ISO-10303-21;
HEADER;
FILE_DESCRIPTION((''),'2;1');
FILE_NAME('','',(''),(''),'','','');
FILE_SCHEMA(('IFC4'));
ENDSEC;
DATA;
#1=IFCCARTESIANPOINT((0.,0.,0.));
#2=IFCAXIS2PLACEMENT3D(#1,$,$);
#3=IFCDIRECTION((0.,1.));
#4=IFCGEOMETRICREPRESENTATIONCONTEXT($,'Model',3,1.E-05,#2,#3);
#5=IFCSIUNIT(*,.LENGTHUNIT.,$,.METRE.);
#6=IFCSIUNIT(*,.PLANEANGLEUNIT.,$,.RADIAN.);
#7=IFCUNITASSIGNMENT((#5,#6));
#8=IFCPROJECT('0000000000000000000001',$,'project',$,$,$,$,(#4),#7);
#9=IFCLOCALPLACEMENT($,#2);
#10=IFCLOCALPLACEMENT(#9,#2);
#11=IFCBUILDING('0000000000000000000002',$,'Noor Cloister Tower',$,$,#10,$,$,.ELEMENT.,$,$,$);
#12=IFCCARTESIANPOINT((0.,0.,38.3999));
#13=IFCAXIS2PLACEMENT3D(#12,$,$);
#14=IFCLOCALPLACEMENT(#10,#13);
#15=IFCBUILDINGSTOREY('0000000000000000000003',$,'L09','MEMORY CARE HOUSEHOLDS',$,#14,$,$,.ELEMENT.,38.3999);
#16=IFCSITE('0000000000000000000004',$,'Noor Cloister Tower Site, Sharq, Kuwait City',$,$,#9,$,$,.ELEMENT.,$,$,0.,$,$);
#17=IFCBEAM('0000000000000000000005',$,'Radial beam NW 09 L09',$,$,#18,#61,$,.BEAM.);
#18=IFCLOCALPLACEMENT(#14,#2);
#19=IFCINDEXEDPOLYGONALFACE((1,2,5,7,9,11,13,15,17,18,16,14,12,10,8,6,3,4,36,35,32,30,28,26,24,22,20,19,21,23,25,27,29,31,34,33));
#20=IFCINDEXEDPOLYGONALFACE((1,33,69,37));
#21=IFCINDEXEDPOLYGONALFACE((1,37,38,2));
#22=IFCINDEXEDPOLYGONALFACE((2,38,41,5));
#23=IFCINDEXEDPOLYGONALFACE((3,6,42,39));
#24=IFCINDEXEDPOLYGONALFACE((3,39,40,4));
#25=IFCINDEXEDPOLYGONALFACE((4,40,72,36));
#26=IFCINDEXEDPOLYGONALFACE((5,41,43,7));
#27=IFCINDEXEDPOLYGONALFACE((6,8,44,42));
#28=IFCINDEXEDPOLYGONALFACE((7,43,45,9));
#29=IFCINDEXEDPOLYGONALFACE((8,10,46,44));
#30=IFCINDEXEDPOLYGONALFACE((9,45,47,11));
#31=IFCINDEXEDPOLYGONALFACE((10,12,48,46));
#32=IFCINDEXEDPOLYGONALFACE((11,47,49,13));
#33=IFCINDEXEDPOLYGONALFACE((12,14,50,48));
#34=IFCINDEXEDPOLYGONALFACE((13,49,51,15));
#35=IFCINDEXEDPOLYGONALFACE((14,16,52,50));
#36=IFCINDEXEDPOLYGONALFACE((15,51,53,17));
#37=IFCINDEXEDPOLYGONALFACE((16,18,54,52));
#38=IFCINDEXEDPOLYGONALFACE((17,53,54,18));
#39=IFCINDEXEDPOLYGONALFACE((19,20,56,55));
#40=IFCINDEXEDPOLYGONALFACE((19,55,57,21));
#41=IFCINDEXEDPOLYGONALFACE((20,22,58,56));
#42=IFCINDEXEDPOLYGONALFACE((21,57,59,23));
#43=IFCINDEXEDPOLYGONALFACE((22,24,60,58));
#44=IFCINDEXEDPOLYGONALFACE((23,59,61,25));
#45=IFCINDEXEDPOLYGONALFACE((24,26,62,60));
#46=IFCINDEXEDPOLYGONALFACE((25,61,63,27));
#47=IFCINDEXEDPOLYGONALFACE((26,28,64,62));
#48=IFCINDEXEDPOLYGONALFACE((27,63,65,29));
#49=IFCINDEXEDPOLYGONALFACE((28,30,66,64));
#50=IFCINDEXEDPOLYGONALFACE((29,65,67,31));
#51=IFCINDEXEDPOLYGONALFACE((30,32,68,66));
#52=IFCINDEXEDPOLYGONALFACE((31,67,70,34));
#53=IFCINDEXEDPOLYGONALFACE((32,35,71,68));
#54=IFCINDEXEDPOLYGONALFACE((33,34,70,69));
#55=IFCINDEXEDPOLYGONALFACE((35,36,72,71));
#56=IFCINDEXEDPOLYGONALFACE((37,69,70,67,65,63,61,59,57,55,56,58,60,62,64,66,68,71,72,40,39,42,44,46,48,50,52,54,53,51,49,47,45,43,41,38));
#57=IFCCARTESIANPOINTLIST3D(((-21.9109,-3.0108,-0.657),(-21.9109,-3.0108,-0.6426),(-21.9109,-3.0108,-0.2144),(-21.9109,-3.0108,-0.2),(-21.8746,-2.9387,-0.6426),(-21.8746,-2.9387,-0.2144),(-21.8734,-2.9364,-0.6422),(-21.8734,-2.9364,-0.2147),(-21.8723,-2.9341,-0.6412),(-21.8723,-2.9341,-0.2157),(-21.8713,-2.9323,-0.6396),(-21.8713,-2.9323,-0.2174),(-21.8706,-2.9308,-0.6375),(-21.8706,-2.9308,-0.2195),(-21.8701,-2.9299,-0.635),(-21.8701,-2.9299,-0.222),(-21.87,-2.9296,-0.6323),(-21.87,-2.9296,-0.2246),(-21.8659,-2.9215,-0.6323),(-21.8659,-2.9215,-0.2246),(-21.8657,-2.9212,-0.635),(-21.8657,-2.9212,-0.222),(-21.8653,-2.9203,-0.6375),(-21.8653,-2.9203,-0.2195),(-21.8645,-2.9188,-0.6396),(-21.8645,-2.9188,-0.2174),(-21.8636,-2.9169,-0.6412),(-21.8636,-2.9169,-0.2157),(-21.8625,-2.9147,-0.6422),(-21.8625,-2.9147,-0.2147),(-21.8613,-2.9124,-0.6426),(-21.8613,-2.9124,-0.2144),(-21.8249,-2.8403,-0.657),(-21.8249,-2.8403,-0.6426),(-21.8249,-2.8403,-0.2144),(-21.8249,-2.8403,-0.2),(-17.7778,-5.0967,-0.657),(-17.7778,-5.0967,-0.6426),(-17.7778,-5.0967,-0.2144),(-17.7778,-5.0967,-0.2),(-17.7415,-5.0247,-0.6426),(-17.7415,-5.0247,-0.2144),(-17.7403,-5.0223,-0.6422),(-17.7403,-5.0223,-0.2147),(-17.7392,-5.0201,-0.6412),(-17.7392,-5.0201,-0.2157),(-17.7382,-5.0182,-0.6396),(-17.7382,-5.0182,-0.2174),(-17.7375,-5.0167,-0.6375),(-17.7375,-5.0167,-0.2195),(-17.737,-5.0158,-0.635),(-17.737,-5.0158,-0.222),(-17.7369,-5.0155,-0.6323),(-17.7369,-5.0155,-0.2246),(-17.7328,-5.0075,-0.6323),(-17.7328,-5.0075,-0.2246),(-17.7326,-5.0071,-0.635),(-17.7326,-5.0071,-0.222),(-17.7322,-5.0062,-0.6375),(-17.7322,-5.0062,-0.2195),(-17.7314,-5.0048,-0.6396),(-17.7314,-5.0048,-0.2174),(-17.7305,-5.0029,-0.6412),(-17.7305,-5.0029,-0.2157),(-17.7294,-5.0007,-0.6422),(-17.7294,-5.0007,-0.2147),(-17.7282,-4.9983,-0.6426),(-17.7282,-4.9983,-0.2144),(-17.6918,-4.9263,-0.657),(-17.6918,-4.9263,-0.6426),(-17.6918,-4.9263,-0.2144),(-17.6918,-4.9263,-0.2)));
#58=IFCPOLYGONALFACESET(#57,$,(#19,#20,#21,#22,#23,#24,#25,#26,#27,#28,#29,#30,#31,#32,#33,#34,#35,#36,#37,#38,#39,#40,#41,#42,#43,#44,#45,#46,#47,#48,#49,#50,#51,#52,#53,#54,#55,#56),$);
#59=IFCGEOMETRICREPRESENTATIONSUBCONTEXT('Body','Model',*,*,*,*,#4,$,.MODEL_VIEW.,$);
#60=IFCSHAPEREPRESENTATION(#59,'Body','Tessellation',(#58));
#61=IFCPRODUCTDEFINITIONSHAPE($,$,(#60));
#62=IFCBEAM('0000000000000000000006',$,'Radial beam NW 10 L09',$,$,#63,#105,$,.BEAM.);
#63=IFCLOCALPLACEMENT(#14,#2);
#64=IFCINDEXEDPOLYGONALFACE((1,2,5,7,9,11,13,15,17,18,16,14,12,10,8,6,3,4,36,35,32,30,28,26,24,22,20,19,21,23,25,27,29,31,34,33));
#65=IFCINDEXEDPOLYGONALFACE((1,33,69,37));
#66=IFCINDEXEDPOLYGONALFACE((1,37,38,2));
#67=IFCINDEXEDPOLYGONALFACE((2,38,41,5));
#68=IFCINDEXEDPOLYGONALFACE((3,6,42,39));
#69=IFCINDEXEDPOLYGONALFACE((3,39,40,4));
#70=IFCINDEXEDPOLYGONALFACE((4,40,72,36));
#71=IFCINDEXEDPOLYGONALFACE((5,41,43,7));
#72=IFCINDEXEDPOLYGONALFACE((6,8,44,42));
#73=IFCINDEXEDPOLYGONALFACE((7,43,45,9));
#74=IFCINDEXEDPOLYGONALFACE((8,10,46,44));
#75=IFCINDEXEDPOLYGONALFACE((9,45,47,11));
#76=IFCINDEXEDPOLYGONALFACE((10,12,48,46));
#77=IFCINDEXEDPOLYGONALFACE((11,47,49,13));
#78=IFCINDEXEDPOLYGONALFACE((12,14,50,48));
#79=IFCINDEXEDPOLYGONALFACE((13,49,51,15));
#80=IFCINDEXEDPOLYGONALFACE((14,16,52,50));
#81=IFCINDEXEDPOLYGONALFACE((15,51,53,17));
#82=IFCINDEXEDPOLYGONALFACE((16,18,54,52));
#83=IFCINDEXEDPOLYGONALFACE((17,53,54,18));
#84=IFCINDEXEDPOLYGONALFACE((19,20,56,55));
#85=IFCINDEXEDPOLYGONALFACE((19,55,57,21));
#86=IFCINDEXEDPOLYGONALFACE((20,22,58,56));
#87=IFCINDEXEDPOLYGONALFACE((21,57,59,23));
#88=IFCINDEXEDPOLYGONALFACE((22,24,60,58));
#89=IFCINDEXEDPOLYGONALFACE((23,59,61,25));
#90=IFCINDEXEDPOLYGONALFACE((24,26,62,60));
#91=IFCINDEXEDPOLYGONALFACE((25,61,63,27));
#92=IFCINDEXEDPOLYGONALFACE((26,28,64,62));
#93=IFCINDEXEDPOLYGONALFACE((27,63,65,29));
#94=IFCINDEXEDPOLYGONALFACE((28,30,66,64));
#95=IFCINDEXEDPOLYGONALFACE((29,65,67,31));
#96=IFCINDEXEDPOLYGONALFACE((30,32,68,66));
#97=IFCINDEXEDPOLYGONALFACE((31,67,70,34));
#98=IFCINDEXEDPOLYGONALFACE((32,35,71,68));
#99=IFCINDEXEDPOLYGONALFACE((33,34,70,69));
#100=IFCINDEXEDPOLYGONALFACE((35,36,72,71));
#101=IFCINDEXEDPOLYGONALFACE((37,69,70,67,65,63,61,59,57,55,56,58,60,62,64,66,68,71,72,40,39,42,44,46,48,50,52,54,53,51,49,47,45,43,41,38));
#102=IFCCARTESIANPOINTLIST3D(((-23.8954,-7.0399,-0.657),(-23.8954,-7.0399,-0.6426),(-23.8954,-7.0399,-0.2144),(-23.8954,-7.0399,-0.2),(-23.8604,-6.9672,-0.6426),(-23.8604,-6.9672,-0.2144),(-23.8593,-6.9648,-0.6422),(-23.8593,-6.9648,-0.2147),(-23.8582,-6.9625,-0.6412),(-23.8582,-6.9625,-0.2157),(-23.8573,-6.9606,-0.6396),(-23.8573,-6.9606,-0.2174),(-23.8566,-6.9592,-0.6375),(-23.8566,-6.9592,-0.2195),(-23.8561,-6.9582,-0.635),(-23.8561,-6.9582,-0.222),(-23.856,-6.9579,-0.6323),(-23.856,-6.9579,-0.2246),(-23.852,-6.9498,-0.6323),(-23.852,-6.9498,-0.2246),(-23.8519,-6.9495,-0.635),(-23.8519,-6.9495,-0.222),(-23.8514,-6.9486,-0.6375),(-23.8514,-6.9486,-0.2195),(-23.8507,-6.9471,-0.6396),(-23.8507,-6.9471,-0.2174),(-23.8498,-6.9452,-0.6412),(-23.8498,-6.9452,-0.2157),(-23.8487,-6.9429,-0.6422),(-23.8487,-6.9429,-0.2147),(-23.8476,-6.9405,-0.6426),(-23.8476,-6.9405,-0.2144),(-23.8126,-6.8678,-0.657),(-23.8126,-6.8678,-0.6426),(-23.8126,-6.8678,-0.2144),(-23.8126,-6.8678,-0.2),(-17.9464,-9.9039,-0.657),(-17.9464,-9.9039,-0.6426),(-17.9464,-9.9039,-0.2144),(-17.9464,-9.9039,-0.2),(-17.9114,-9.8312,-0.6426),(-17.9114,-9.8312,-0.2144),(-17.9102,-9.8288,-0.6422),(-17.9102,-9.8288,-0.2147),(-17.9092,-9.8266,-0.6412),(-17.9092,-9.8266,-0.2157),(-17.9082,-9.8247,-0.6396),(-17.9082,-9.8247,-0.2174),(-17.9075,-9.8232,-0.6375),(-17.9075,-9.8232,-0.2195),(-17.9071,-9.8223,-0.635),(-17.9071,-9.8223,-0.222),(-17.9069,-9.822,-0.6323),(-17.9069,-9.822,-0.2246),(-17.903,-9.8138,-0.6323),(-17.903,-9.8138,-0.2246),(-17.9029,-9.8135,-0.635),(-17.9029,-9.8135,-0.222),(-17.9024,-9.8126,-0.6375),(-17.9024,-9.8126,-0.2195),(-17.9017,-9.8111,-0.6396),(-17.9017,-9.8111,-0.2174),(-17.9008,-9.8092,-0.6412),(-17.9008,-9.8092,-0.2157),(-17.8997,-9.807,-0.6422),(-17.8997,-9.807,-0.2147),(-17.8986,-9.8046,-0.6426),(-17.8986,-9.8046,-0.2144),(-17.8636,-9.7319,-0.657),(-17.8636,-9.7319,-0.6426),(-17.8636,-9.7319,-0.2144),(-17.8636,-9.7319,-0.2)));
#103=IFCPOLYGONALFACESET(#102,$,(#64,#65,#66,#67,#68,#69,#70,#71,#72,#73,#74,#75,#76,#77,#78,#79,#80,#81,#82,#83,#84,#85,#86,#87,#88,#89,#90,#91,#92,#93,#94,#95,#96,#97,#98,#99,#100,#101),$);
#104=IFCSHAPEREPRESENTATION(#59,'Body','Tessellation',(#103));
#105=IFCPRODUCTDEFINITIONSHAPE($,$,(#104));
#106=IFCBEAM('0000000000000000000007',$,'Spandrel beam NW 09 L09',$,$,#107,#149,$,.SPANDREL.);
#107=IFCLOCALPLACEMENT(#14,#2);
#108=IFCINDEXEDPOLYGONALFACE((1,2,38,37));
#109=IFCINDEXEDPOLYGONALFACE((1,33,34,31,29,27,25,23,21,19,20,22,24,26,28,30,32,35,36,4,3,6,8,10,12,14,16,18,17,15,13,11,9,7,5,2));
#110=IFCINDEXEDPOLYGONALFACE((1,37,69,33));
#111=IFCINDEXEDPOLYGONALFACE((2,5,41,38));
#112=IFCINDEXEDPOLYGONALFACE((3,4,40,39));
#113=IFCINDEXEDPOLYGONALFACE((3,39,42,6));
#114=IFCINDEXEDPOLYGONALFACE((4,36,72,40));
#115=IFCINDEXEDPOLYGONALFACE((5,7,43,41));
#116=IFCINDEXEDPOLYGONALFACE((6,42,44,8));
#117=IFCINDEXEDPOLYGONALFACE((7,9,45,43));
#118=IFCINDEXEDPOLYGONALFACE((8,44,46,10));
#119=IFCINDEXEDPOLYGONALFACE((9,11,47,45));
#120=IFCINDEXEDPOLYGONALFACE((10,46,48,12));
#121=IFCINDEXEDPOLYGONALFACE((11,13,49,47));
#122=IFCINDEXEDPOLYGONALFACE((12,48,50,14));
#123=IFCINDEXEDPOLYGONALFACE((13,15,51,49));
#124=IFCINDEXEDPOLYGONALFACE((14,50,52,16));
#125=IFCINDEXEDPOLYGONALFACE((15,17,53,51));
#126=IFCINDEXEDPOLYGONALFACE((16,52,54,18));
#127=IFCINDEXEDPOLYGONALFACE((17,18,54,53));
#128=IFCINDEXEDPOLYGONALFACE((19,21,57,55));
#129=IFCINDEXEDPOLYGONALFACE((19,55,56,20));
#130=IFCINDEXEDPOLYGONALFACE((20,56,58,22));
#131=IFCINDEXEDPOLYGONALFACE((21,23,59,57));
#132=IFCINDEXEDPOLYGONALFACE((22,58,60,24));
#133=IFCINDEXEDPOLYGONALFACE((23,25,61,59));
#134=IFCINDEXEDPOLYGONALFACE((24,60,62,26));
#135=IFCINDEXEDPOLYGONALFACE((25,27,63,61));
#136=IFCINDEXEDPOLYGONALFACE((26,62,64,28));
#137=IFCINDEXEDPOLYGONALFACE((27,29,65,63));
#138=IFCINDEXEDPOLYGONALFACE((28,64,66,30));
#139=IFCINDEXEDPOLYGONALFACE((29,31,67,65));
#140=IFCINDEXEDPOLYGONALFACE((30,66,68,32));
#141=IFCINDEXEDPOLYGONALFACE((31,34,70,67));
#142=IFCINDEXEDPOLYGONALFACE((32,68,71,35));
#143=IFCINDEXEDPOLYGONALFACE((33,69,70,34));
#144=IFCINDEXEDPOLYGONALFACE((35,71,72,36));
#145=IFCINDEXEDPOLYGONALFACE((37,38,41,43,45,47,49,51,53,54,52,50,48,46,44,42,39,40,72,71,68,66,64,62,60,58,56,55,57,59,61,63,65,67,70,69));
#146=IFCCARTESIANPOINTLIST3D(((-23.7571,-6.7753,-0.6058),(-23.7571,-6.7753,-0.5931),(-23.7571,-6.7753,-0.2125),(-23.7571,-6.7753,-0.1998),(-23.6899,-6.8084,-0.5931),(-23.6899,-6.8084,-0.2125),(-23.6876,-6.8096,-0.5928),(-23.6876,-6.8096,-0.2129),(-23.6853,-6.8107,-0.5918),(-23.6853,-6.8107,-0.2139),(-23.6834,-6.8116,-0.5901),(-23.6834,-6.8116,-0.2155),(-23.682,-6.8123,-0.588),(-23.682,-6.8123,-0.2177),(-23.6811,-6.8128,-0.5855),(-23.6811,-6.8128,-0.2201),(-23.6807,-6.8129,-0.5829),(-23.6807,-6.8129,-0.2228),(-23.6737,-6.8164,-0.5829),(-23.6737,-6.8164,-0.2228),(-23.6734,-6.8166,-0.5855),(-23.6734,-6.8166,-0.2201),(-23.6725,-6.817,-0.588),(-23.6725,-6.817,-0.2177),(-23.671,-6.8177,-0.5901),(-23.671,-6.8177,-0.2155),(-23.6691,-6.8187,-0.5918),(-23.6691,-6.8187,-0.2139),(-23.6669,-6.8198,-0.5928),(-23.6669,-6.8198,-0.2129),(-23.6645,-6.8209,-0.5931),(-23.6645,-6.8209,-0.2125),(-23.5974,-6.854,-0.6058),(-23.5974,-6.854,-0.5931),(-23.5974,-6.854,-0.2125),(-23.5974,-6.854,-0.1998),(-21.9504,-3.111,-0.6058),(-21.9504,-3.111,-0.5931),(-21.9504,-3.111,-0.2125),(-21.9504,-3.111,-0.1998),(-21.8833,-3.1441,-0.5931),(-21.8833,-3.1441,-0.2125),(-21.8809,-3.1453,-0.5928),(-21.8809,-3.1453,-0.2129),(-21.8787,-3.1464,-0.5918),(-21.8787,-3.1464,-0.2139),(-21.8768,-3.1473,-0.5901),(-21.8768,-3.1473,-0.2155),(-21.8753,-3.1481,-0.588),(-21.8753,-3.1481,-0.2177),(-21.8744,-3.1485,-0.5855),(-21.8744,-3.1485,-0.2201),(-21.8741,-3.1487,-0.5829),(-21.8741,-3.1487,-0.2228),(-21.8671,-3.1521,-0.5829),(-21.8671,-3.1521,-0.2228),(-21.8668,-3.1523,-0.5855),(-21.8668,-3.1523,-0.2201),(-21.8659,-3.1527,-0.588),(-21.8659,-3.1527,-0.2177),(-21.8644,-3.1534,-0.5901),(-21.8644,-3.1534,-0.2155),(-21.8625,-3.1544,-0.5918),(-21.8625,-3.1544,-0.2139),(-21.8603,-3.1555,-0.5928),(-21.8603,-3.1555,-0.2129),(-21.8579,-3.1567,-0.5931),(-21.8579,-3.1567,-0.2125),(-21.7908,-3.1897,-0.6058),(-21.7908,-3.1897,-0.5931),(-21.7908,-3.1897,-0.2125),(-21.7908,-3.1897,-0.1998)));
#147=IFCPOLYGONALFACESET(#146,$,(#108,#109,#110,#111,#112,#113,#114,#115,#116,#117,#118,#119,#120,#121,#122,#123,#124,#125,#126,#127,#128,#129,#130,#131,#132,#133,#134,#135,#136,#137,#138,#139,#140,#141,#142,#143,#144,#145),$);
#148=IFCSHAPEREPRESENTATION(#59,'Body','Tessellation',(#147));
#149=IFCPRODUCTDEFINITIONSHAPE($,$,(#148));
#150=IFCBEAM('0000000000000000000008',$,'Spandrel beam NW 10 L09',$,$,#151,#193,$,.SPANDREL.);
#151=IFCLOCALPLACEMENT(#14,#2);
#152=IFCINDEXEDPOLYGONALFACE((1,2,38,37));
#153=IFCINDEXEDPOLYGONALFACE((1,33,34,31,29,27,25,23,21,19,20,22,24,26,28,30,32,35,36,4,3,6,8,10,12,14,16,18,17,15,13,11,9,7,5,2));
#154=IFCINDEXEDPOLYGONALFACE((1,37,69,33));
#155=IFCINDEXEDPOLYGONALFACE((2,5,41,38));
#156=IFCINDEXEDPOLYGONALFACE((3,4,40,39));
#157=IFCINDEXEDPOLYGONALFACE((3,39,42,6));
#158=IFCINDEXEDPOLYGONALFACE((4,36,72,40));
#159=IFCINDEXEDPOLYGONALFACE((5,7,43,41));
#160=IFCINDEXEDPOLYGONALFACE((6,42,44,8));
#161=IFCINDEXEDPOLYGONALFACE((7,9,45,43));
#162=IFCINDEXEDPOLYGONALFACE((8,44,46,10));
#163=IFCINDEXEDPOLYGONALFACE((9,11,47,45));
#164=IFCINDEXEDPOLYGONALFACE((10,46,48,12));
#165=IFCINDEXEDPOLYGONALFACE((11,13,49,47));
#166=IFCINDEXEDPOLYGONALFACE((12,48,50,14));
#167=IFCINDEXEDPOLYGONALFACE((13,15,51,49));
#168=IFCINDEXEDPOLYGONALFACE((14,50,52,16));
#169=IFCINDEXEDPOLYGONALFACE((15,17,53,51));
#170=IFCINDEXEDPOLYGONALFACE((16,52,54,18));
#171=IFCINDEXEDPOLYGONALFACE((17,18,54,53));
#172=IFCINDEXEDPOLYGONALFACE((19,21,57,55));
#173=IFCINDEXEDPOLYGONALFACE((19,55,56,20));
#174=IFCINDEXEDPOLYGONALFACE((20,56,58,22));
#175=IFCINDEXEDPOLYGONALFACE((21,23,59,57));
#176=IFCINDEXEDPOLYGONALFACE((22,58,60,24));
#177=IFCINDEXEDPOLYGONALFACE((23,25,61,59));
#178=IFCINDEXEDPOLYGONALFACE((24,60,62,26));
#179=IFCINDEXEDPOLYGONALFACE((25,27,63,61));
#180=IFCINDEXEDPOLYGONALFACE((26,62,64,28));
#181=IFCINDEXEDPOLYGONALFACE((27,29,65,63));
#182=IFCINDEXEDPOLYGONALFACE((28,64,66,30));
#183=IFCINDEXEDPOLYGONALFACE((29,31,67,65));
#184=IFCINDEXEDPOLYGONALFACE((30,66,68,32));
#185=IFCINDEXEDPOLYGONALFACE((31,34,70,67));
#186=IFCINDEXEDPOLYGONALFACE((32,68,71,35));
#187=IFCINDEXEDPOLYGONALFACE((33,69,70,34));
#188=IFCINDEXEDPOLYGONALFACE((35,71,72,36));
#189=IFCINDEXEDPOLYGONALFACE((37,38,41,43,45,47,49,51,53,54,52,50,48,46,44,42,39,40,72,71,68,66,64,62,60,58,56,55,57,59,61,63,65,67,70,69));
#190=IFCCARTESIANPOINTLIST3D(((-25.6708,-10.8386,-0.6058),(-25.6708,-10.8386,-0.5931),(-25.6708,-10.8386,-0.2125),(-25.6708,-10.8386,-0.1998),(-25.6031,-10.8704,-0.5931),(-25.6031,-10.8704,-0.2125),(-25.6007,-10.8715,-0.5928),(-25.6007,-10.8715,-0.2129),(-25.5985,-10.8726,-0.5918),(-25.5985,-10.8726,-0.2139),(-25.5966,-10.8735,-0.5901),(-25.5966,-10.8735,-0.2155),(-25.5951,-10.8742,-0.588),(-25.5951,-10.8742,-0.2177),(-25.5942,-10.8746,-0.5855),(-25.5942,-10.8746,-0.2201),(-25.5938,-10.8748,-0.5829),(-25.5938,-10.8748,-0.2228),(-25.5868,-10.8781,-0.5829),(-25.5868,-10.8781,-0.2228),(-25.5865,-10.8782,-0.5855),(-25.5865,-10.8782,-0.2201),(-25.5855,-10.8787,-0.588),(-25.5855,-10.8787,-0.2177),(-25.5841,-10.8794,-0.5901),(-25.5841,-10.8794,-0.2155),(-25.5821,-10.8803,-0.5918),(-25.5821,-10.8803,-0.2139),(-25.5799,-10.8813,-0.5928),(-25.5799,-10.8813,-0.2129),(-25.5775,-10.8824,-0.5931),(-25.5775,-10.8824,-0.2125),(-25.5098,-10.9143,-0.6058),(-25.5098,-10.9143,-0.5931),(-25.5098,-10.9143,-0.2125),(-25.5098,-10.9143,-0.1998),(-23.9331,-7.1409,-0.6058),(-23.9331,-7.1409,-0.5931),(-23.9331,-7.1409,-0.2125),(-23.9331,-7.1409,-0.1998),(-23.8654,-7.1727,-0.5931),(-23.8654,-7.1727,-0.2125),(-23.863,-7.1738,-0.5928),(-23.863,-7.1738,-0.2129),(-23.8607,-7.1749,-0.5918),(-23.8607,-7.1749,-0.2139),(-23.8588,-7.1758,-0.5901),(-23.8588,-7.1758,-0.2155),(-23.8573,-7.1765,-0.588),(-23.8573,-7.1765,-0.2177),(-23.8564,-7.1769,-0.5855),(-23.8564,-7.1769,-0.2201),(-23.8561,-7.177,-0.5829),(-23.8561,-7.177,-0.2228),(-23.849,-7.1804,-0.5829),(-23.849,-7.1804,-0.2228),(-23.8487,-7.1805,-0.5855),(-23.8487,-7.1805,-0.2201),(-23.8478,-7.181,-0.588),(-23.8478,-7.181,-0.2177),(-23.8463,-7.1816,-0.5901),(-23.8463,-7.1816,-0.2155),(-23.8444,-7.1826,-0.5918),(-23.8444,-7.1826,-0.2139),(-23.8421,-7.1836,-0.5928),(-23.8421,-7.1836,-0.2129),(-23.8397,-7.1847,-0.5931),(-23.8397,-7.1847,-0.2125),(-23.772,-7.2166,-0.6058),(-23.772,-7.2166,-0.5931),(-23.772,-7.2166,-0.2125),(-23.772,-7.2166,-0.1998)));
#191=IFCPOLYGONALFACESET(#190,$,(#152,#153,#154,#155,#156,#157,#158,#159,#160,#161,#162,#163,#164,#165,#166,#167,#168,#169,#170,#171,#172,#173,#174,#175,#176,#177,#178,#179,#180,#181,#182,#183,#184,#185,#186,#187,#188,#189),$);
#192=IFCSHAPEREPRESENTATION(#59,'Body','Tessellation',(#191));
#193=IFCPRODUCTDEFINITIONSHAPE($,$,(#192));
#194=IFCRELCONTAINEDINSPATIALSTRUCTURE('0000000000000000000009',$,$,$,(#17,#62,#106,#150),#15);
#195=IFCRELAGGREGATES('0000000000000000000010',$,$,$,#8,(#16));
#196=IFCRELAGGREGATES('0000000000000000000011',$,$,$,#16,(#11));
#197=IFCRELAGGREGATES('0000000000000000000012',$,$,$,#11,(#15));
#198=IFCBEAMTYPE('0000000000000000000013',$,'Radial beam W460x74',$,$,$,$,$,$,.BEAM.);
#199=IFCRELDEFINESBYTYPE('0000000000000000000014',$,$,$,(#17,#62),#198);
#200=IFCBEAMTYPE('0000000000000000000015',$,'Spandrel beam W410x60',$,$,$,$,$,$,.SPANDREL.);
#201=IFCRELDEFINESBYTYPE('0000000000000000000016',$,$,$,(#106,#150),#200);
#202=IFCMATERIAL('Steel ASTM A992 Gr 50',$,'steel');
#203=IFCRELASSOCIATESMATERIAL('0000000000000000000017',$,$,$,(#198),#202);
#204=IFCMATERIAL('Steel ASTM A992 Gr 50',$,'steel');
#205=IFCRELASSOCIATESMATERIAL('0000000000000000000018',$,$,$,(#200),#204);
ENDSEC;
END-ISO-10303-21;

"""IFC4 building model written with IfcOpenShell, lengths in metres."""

from ifc_helpers import new_model, si_unit, direction, frame, origin, origin_2d, place, context, subcontext, project, spatial, i_section, extrude, material, material_profile, profile_set, type_object, element, save


model = new_model("IFC4")

# Units and contexts
model_context = context("Model", 3, precision=1e-05, world=origin(), true_north=direction((0.0, 1.0)))
body_context = subcontext(model_context, "Body", "Model", "MODEL_VIEW")
ifc_project = project(units=[si_unit("LENGTHUNIT", "METRE"), si_unit("PLANEANGLEUNIT", "RADIAN")], contexts=[model_context])

# Site, building, storey
site_placement = place(None, origin())
site = spatial("IfcSite", under=ifc_project, at=site_placement, Name="Noor Cloister Tower Site, Sharq, Kuwait City", CompositionType="ELEMENT", RefElevation=0.0)
building_placement = place(site_placement, origin())
building = spatial("IfcBuilding", under=site, at=building_placement, Name="Noor Cloister Tower", CompositionType="ELEMENT")
storey_placement = place(building_placement, frame((0.0, 0.0, 38.3999)))
storey = spatial("IfcBuildingStorey", under=building, at=storey_placement, Name="L09", Description="MEMORY CARE HOUSEHOLDS", CompositionType="ELEMENT", Elevation=38.3999)

# Beams
ifc_material_1 = material(Name="Steel ASTM A992 Gr 50", Category="steel")
ifc_material_profile_1 = material_profile(ifc_material_1, i_section(OverallWidth=0.1909, OverallDepth=0.457, WebThickness=0.009, FlangeThickness=0.0144, FilletRadius=0.0103, at=origin_2d()), Name="W460x74")
ifc_profile_set_1 = profile_set([ifc_material_profile_1], Name="Steel ASTM A992 Gr 50")
beam_type_1 = type_object("IfcBeamType", Name="Radial beam W460x74", PredefinedType="BEAM", material=ifc_profile_set_1)
beam_1_placement = place(storey_placement, frame((-21.8679, -2.9255, -0.4285), z_axis=(0.892744, -0.450564, 0.0), x_axis=(0.450564, 0.892744, 0.0)))
element("IfcBeam", 1, at=beam_1_placement, inside=storey, type_object=beam_type_1, Name="Radial beam NW 09 L09", PredefinedType="BEAM", context=body_context, shape_type="SweptSolid", body=[
    extrude(i_section(OverallWidth=0.1909, OverallDepth=0.457, WebThickness=0.009, FlangeThickness=0.0144, FilletRadius=0.0103, at=origin_2d()), origin(), (0.0, 0.0, 1.0), 4.6296),
])
beam_2_placement = place(storey_placement, frame((-23.854, -6.9539, -0.4285), z_axis=(0.90102, -0.433778, 0.0), x_axis=(0.433778, 0.90102, 0.0)))
element("IfcBeam", 2, at=beam_2_placement, inside=storey, type_object=beam_type_1, Name="Radial beam NW 10 L09", PredefinedType="BEAM", context=body_context, shape_type="SweptSolid", body=[
    extrude(i_section(OverallWidth=0.1909, OverallDepth=0.457, WebThickness=0.009, FlangeThickness=0.0144, FilletRadius=0.0103, at=origin_2d()), origin(), (0.0, 0.0, 1.0), 6.6025),
])
ifc_material_2 = material(Name="Steel ASTM A992 Gr 50", Category="steel")
ifc_material_profile_2 = material_profile(ifc_material_2, i_section(OverallWidth=0.178, OverallDepth=0.406, WebThickness=0.0078, FlangeThickness=0.0127, FilletRadius=0.0103, at=origin_2d()), Name="W410x60")
ifc_profile_set_2 = profile_set([ifc_material_profile_2], Name="Steel ASTM A992 Gr 50")
beam_type_2 = type_object("IfcBeamType", Name="Spandrel beam W410x60", PredefinedType="SPANDREL", material=ifc_profile_set_2)
beam_3_placement = place(storey_placement, frame((-21.8706, -3.1504, -0.4028), z_axis=(-0.442211, -0.896911, 0.0), x_axis=(0.896911, -0.442211, 0.0)))
element("IfcBeam", 3, at=beam_3_placement, inside=storey, type_object=beam_type_2, Name="Spandrel beam NW 09 L09", PredefinedType="SPANDREL", context=body_context, shape_type="SweptSolid", body=[
    extrude(i_section(OverallWidth=0.178, OverallDepth=0.406, WebThickness=0.0078, FlangeThickness=0.0127, FilletRadius=0.0103, at=origin_2d()), origin(), (0.0, 0.0, 1.0), 4.0854),
])
beam_4_placement = place(storey_placement, frame((-23.8525, -7.1787, -0.4028), z_axis=(-0.425331, -0.905038, 0.0), x_axis=(0.905038, -0.425331, 0.0)))
element("IfcBeam", 4, at=beam_4_placement, inside=storey, type_object=beam_type_2, Name="Spandrel beam NW 10 L09", PredefinedType="SPANDREL", context=body_context, shape_type="SweptSolid", body=[
    extrude(i_section(OverallWidth=0.178, OverallDepth=0.406, WebThickness=0.0078, FlangeThickness=0.0127, FilletRadius=0.0103, at=origin_2d()), origin(), (0.0, 0.0, 1.0), 4.0857),
])

save(model, "model.ifc")
